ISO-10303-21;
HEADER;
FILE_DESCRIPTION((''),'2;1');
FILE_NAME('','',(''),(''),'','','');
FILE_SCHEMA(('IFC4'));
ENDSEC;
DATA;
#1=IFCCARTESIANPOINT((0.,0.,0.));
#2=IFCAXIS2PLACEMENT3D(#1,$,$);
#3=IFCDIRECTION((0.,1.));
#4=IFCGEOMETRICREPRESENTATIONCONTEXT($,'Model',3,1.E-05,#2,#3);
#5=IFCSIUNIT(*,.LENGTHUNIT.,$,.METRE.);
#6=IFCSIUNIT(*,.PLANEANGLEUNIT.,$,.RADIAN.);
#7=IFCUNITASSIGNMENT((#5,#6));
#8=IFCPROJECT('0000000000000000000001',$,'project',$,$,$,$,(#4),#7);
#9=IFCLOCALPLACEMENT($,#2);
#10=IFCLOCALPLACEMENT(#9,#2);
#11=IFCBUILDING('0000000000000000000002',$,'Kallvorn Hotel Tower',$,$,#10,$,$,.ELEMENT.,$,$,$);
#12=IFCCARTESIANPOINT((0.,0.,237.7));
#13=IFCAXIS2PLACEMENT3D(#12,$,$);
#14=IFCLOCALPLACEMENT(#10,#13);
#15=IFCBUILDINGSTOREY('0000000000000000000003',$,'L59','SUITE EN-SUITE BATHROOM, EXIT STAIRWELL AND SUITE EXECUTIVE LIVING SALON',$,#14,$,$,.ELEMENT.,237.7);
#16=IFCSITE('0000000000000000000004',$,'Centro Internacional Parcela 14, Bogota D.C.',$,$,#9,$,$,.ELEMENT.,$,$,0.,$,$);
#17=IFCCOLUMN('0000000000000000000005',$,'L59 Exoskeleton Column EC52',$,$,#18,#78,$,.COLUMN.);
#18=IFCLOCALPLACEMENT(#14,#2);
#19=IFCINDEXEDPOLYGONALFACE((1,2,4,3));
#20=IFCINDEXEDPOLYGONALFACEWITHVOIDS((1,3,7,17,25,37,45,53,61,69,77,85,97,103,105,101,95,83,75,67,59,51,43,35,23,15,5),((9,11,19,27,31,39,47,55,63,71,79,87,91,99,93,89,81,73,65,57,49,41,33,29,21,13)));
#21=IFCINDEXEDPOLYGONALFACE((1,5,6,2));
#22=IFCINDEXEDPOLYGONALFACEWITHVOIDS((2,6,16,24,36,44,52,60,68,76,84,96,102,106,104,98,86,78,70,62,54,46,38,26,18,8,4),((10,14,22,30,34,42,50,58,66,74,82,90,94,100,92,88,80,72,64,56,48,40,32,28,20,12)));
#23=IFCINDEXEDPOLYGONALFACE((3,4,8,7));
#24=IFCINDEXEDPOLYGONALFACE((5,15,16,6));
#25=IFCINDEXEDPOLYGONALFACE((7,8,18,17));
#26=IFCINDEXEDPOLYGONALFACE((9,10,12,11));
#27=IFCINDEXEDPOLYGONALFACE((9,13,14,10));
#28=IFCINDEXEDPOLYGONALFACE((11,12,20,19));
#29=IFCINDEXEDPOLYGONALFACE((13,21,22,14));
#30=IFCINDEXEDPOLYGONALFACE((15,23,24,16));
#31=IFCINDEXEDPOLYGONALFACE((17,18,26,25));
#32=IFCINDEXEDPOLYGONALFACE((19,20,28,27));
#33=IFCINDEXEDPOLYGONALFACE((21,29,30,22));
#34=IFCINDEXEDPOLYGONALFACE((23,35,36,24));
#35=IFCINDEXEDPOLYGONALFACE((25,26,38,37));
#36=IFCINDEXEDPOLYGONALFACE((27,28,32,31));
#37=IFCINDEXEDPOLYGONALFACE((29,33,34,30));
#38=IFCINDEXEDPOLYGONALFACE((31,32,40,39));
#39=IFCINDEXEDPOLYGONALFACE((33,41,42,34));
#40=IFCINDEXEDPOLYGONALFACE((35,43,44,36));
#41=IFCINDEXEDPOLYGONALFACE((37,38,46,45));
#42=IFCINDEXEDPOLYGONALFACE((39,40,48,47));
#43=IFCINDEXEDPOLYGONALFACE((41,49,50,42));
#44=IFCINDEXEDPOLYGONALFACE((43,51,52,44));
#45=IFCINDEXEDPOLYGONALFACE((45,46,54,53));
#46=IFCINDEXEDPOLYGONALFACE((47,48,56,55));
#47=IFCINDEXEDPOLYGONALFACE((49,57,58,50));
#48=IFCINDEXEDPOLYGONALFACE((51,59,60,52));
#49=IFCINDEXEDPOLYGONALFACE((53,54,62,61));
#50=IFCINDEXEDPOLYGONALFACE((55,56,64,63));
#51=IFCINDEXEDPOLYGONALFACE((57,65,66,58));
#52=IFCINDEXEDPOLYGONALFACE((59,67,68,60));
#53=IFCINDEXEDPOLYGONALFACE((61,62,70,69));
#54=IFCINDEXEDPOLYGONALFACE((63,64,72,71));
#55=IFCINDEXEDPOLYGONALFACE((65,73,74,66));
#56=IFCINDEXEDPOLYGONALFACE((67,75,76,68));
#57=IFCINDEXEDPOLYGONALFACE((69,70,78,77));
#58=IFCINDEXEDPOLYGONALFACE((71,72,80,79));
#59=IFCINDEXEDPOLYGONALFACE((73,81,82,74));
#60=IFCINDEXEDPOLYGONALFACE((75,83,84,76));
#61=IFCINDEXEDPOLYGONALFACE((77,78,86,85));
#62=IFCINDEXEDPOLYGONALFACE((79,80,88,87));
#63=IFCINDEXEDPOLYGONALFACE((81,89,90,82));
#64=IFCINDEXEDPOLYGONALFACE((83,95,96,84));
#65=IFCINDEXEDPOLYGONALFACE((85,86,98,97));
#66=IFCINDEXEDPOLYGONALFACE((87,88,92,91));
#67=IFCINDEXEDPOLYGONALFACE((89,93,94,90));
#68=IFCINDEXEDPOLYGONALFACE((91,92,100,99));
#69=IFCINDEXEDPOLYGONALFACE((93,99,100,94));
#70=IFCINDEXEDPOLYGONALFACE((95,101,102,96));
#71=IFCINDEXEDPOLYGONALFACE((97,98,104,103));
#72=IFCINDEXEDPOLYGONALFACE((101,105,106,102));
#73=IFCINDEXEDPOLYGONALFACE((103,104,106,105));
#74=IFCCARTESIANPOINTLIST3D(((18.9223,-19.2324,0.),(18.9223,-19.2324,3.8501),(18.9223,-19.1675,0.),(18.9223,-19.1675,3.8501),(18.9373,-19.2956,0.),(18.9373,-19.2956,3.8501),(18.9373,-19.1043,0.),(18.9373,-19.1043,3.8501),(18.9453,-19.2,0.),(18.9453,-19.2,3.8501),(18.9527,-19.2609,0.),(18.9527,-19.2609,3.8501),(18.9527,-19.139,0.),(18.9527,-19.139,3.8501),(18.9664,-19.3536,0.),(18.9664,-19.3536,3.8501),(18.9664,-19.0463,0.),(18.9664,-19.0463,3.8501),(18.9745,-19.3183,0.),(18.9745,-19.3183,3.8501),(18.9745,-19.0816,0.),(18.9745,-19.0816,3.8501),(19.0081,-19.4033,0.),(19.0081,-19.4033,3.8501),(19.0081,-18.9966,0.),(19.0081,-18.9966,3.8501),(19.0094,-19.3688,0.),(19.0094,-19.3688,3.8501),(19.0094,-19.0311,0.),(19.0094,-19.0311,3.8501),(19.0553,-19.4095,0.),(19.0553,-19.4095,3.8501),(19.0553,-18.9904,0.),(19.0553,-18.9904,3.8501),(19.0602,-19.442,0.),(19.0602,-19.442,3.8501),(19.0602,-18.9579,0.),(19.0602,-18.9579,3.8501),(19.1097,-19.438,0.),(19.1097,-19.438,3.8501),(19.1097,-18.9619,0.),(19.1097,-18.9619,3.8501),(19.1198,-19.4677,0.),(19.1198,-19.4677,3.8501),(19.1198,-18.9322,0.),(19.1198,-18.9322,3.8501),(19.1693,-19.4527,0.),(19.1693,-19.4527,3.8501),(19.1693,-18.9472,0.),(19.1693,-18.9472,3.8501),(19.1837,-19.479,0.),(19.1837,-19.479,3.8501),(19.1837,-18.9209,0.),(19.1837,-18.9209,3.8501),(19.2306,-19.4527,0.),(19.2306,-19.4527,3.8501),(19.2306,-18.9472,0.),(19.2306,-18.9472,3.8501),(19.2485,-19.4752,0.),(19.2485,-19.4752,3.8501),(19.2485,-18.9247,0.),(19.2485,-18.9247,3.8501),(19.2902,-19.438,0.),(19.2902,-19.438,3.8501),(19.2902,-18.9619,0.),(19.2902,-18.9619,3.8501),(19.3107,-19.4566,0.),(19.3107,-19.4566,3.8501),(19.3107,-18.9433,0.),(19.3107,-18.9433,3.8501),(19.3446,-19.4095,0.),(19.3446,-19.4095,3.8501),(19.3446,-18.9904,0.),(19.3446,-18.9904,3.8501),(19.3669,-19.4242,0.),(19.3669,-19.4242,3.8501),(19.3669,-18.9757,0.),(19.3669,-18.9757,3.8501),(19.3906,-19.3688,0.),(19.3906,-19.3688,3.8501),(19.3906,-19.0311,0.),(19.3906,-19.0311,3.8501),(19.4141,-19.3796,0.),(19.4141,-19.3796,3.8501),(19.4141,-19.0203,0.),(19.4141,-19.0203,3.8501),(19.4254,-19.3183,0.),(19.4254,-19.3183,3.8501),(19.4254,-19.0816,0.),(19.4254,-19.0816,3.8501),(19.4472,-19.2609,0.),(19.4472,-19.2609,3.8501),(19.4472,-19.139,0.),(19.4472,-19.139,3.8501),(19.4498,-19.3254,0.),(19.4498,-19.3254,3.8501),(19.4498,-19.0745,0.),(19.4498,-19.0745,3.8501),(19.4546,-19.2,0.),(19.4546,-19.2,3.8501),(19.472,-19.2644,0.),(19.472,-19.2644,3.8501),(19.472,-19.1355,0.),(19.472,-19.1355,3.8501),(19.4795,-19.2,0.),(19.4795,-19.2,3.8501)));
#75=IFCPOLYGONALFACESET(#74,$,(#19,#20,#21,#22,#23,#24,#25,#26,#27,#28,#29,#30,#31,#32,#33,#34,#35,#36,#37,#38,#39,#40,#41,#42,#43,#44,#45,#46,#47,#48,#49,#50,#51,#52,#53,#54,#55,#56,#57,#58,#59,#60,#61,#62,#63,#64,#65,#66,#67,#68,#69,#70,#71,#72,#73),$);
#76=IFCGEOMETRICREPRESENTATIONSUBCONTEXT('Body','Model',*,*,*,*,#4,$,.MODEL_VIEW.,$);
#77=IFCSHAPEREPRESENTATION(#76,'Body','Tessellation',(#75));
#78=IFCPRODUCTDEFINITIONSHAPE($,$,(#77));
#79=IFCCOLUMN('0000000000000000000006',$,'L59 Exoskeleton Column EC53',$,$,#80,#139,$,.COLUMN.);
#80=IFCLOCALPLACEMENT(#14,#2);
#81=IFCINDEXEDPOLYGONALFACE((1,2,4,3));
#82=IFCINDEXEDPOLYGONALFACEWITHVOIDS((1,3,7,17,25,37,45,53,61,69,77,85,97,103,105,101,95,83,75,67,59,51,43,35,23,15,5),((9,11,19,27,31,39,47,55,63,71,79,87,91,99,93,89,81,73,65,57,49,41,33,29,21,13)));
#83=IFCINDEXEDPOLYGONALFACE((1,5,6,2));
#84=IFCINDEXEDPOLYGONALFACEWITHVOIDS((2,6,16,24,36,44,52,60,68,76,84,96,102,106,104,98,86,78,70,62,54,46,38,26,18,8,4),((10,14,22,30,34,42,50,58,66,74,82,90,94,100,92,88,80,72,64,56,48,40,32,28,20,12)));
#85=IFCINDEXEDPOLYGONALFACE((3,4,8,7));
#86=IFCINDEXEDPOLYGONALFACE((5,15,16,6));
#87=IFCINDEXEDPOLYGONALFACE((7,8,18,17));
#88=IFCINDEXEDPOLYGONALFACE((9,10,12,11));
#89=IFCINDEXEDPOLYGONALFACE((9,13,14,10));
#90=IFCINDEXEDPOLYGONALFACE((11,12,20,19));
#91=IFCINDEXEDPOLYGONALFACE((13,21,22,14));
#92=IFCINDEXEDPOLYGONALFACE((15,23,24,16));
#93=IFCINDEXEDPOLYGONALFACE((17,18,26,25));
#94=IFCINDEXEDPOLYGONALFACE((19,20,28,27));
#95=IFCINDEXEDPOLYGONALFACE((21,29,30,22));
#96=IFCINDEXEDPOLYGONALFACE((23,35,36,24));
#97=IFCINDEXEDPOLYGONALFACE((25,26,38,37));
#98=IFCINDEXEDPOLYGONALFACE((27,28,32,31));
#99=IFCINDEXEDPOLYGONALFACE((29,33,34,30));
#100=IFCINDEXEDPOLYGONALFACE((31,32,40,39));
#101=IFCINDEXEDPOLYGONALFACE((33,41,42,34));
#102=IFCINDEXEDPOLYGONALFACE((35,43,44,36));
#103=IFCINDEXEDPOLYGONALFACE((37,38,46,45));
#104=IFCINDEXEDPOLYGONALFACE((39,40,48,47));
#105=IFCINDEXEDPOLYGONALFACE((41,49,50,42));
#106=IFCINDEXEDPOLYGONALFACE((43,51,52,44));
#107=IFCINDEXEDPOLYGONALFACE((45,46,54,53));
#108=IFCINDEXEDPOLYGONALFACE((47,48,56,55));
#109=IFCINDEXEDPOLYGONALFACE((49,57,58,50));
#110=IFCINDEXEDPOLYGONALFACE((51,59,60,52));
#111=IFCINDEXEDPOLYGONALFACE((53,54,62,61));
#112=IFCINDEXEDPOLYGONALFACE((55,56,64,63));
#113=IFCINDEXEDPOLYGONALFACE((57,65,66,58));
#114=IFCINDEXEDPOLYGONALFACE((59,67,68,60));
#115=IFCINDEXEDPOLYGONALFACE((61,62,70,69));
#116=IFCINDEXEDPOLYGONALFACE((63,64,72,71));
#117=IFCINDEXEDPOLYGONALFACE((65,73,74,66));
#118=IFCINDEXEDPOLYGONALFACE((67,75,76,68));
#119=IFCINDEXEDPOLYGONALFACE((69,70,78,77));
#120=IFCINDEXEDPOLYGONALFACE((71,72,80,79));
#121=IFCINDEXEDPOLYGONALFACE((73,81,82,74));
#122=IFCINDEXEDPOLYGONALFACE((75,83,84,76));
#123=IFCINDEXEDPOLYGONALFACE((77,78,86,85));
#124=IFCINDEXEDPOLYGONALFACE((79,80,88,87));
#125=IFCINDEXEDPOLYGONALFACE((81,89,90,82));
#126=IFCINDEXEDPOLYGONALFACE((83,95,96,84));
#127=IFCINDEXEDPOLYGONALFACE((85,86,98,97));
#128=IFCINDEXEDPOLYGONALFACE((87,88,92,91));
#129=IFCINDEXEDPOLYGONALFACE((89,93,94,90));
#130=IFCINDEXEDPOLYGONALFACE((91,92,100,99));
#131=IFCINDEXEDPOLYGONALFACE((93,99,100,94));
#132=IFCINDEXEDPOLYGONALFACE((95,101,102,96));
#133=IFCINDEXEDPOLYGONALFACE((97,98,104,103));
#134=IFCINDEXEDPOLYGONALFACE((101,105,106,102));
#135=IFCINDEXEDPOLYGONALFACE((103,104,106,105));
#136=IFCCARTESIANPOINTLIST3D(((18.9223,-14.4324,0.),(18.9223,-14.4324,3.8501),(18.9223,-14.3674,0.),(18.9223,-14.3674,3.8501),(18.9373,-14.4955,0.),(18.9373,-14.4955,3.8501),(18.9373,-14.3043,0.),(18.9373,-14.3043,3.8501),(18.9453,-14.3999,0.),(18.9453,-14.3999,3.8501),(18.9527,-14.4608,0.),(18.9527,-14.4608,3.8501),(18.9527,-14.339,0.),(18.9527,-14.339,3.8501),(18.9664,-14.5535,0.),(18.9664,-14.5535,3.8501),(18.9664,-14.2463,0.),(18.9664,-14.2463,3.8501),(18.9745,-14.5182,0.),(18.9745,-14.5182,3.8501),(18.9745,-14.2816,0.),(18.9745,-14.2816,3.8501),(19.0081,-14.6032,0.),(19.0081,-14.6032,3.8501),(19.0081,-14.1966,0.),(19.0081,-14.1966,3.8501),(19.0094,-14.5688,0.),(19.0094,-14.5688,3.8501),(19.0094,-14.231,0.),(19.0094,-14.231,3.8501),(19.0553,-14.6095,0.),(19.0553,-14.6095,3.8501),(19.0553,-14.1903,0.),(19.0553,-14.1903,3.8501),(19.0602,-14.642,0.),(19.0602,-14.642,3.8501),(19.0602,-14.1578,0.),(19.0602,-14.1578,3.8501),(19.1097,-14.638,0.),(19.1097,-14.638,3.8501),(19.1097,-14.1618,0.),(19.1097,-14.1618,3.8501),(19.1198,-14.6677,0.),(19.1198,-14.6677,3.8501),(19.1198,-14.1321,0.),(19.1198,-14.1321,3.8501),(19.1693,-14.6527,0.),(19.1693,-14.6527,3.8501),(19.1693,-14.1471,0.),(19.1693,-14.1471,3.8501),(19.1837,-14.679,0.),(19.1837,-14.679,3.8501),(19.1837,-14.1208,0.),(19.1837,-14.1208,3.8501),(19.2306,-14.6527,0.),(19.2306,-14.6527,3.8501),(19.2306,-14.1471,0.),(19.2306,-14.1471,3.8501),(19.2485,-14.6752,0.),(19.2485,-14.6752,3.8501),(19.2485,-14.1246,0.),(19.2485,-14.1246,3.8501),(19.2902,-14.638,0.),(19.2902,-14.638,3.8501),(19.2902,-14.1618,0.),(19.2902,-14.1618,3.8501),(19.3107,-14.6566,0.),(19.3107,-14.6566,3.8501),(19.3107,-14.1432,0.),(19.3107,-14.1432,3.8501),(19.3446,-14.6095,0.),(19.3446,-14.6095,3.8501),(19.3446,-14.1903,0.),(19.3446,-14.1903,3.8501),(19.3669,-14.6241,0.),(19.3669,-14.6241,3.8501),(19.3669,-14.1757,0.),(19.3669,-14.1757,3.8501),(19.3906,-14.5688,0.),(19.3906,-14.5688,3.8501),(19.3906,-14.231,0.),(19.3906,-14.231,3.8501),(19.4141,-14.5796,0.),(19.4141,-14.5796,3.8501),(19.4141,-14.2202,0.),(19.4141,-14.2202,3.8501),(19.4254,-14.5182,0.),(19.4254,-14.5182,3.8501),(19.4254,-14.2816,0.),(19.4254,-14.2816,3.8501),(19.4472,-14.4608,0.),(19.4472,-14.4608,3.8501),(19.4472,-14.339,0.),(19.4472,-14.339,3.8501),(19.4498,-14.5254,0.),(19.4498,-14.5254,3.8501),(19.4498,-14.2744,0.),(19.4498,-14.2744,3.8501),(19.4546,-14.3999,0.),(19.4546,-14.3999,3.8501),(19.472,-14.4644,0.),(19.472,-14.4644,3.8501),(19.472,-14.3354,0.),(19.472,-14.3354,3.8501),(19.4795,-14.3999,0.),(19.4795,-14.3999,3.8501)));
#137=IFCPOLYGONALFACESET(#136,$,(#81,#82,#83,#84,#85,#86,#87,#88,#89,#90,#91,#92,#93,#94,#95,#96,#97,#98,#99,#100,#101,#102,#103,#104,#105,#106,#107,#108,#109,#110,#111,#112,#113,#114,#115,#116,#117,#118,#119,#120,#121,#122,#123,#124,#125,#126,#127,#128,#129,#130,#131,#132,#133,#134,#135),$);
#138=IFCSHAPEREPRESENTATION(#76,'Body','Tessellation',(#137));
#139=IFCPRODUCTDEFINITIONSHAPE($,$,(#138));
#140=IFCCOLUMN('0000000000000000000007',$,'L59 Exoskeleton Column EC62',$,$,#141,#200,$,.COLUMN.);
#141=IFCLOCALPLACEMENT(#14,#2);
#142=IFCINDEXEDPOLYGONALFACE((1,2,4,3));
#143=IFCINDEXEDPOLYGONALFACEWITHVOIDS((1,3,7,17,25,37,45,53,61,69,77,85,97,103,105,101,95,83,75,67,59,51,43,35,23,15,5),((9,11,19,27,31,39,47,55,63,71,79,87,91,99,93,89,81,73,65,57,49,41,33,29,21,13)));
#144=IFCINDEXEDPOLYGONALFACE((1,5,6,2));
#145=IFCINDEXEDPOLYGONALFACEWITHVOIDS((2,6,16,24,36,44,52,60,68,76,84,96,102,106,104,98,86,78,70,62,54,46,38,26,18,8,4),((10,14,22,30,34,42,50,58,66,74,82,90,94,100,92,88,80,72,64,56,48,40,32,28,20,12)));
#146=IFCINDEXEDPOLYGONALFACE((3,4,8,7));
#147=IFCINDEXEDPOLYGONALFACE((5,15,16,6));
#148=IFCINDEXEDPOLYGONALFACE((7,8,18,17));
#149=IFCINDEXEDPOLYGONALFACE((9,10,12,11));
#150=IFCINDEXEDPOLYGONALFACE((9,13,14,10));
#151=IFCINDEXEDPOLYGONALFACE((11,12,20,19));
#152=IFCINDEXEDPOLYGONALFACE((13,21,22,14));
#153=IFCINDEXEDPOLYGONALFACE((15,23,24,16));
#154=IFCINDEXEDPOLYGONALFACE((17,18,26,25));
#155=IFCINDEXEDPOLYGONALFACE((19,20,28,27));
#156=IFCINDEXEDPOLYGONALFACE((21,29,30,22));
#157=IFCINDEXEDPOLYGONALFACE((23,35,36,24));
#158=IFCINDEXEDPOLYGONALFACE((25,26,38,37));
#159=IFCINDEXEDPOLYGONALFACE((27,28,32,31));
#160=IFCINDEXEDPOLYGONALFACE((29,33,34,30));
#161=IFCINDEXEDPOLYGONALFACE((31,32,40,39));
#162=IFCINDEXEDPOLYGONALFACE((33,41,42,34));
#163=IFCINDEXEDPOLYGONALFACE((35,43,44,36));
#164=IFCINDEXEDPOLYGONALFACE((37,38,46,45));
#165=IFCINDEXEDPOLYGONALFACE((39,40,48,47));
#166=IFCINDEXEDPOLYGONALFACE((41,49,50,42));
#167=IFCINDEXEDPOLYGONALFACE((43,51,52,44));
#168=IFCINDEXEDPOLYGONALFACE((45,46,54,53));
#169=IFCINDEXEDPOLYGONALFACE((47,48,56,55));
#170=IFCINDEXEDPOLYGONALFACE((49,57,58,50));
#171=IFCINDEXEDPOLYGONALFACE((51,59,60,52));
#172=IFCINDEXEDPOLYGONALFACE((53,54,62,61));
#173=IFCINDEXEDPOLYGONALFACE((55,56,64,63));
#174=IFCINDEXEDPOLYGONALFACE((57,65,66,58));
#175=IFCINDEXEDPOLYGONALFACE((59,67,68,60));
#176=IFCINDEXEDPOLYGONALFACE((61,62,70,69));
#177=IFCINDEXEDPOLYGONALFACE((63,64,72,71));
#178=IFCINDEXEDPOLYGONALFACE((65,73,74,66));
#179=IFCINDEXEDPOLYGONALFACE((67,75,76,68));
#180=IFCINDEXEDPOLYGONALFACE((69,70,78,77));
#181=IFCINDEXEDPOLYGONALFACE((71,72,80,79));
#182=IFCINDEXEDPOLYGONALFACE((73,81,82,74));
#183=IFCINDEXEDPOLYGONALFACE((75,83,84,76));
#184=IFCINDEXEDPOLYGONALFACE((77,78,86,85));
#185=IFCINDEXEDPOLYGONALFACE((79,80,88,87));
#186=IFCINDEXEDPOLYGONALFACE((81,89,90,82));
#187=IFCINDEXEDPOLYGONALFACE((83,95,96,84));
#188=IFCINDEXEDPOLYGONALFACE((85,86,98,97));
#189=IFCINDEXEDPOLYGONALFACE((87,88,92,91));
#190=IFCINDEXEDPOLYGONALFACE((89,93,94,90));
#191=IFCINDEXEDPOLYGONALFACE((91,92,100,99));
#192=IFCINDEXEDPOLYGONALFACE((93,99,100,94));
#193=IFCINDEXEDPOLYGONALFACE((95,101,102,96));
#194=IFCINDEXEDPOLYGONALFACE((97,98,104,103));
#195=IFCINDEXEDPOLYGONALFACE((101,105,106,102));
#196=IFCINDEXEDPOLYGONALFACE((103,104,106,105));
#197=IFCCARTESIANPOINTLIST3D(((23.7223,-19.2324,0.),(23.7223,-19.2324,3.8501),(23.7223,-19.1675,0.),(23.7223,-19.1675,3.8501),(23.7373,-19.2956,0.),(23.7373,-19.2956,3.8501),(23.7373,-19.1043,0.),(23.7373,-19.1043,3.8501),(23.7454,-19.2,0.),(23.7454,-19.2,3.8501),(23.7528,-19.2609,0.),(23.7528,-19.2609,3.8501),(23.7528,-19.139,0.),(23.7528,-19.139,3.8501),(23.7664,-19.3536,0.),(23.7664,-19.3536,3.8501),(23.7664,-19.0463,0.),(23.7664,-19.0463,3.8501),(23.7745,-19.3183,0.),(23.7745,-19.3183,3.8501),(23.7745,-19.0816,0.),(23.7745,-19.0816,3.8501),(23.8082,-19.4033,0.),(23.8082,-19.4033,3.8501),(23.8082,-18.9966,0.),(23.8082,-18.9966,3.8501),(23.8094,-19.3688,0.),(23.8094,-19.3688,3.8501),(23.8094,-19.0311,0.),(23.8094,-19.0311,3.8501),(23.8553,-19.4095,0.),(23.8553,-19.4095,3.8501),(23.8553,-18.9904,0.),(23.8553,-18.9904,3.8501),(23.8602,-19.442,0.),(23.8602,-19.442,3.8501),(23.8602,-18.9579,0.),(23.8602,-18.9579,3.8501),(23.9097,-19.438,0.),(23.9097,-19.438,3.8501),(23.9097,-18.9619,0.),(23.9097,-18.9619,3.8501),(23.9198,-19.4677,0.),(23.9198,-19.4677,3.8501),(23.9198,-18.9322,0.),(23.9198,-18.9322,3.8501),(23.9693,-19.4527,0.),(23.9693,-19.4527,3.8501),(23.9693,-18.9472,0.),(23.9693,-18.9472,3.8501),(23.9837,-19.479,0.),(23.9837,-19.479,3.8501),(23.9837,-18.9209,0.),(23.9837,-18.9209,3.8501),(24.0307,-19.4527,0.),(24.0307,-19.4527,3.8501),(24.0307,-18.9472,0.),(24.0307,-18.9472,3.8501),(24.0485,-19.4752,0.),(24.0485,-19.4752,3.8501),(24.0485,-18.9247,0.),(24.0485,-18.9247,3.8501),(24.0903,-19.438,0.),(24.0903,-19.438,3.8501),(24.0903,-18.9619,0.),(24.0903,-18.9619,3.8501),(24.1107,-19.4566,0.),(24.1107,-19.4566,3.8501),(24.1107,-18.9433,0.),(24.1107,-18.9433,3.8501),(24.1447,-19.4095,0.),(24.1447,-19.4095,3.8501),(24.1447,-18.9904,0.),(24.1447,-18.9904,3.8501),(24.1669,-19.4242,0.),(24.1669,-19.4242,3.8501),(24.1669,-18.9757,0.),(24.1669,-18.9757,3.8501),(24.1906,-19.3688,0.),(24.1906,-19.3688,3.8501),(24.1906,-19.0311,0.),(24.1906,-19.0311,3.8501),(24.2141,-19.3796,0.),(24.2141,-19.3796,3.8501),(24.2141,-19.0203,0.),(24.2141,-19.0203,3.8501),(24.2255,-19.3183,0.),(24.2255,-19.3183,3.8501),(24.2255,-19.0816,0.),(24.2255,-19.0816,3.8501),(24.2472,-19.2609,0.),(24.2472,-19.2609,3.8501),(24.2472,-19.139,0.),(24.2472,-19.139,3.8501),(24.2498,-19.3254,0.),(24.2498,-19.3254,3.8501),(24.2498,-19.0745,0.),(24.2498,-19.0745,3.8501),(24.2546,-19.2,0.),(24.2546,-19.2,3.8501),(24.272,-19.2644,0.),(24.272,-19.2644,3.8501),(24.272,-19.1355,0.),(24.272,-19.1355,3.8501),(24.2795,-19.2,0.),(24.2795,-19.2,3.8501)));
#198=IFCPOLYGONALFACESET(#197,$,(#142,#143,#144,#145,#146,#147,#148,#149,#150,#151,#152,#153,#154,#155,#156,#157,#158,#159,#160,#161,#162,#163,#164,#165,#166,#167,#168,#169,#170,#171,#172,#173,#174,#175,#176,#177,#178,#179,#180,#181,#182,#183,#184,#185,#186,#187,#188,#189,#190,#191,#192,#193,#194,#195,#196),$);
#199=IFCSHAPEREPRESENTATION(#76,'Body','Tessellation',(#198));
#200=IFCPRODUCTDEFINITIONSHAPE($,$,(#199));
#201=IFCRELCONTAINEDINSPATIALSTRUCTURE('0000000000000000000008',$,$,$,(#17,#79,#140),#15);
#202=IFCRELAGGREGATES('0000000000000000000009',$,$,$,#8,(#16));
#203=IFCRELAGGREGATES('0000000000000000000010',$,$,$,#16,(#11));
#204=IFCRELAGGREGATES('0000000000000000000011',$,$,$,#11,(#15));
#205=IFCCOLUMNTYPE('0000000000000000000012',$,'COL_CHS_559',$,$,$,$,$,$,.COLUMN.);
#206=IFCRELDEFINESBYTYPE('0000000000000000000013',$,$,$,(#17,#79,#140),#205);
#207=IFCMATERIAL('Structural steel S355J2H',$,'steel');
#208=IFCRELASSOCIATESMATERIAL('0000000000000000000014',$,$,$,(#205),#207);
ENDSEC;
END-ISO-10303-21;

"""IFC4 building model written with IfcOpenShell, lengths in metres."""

from ifc_helpers import new_model, si_unit, direction, frame, origin, origin_2d, place, context, subcontext, project, spatial, hollow_circle, extrude, material, material_profile, profile_set, type_object, element, save


model = new_model("IFC4")

# Units and contexts
model_context = context("Model", 3, precision=1e-05, world=origin(), true_north=direction((0.0, 1.0)))
body_context = subcontext(model_context, "Body", "Model", "MODEL_VIEW")
ifc_project = project(units=[si_unit("LENGTHUNIT", "METRE"), si_unit("PLANEANGLEUNIT", "RADIAN")], contexts=[model_context])

# Site, building, storey
site_placement = place(None, origin())
site = spatial("IfcSite", under=ifc_project, at=site_placement, Name="Centro Internacional Parcela 14, Bogota D.C.", CompositionType="ELEMENT", RefElevation=0.0)
building_placement = place(site_placement, origin())
building = spatial("IfcBuilding", under=site, at=building_placement, Name="Kallvorn Hotel Tower", CompositionType="ELEMENT")
storey_placement = place(building_placement, frame((0.0, 0.0, 237.7)))
storey = spatial("IfcBuildingStorey", under=building, at=storey_placement, Name="L59", Description="SUITE EN-SUITE BATHROOM, EXIT STAIRWELL AND SUITE EXECUTIVE LIVING SALON", CompositionType="ELEMENT", Elevation=237.7)

# Columns
ifc_material_1 = material(Name="Structural steel S355J2H", Category="steel")
ifc_material_profile_1 = material_profile(ifc_material_1, hollow_circle(Radius=0.2795, WallThickness=0.0249, at=origin_2d()), Name="CHS 559x25")
ifc_profile_set_1 = profile_set([ifc_material_profile_1], Name="Structural steel S355J2H")
column_type_1 = type_object("IfcColumnType", Name="COL_CHS_559", PredefinedType="COLUMN", material=ifc_profile_set_1)
for number, where, z_axis, x_axis, name in (
    (1, (19.2, -19.2, 0.0), (0.0, 0.0, 1.0), (1.0, 0.0, 0.0), "L59 Exoskeleton Column EC52"),
    (2, (19.2, -14.3999, 0.0), (0.0, 0.0, 1.0), (1.0, 0.0, 0.0), "L59 Exoskeleton Column EC53"),
    (3, (24.0, -19.2, 0.0), (0.0, 0.0, 1.0), (1.0, 0.0, 0.0), "L59 Exoskeleton Column EC62"),
):
    element("IfcColumn", number, at=place(storey_placement, frame(where, z_axis=z_axis, x_axis=x_axis)), inside=storey, type_object=column_type_1, Name=name, PredefinedType="COLUMN", context=body_context, shape_type="SweptSolid", body=[
        extrude(hollow_circle(Radius=0.2795, WallThickness=0.0249, at=origin_2d()), origin(), (0.0, 0.0, 1.0), 3.8501),
    ])

save(model, "model.ifc")
